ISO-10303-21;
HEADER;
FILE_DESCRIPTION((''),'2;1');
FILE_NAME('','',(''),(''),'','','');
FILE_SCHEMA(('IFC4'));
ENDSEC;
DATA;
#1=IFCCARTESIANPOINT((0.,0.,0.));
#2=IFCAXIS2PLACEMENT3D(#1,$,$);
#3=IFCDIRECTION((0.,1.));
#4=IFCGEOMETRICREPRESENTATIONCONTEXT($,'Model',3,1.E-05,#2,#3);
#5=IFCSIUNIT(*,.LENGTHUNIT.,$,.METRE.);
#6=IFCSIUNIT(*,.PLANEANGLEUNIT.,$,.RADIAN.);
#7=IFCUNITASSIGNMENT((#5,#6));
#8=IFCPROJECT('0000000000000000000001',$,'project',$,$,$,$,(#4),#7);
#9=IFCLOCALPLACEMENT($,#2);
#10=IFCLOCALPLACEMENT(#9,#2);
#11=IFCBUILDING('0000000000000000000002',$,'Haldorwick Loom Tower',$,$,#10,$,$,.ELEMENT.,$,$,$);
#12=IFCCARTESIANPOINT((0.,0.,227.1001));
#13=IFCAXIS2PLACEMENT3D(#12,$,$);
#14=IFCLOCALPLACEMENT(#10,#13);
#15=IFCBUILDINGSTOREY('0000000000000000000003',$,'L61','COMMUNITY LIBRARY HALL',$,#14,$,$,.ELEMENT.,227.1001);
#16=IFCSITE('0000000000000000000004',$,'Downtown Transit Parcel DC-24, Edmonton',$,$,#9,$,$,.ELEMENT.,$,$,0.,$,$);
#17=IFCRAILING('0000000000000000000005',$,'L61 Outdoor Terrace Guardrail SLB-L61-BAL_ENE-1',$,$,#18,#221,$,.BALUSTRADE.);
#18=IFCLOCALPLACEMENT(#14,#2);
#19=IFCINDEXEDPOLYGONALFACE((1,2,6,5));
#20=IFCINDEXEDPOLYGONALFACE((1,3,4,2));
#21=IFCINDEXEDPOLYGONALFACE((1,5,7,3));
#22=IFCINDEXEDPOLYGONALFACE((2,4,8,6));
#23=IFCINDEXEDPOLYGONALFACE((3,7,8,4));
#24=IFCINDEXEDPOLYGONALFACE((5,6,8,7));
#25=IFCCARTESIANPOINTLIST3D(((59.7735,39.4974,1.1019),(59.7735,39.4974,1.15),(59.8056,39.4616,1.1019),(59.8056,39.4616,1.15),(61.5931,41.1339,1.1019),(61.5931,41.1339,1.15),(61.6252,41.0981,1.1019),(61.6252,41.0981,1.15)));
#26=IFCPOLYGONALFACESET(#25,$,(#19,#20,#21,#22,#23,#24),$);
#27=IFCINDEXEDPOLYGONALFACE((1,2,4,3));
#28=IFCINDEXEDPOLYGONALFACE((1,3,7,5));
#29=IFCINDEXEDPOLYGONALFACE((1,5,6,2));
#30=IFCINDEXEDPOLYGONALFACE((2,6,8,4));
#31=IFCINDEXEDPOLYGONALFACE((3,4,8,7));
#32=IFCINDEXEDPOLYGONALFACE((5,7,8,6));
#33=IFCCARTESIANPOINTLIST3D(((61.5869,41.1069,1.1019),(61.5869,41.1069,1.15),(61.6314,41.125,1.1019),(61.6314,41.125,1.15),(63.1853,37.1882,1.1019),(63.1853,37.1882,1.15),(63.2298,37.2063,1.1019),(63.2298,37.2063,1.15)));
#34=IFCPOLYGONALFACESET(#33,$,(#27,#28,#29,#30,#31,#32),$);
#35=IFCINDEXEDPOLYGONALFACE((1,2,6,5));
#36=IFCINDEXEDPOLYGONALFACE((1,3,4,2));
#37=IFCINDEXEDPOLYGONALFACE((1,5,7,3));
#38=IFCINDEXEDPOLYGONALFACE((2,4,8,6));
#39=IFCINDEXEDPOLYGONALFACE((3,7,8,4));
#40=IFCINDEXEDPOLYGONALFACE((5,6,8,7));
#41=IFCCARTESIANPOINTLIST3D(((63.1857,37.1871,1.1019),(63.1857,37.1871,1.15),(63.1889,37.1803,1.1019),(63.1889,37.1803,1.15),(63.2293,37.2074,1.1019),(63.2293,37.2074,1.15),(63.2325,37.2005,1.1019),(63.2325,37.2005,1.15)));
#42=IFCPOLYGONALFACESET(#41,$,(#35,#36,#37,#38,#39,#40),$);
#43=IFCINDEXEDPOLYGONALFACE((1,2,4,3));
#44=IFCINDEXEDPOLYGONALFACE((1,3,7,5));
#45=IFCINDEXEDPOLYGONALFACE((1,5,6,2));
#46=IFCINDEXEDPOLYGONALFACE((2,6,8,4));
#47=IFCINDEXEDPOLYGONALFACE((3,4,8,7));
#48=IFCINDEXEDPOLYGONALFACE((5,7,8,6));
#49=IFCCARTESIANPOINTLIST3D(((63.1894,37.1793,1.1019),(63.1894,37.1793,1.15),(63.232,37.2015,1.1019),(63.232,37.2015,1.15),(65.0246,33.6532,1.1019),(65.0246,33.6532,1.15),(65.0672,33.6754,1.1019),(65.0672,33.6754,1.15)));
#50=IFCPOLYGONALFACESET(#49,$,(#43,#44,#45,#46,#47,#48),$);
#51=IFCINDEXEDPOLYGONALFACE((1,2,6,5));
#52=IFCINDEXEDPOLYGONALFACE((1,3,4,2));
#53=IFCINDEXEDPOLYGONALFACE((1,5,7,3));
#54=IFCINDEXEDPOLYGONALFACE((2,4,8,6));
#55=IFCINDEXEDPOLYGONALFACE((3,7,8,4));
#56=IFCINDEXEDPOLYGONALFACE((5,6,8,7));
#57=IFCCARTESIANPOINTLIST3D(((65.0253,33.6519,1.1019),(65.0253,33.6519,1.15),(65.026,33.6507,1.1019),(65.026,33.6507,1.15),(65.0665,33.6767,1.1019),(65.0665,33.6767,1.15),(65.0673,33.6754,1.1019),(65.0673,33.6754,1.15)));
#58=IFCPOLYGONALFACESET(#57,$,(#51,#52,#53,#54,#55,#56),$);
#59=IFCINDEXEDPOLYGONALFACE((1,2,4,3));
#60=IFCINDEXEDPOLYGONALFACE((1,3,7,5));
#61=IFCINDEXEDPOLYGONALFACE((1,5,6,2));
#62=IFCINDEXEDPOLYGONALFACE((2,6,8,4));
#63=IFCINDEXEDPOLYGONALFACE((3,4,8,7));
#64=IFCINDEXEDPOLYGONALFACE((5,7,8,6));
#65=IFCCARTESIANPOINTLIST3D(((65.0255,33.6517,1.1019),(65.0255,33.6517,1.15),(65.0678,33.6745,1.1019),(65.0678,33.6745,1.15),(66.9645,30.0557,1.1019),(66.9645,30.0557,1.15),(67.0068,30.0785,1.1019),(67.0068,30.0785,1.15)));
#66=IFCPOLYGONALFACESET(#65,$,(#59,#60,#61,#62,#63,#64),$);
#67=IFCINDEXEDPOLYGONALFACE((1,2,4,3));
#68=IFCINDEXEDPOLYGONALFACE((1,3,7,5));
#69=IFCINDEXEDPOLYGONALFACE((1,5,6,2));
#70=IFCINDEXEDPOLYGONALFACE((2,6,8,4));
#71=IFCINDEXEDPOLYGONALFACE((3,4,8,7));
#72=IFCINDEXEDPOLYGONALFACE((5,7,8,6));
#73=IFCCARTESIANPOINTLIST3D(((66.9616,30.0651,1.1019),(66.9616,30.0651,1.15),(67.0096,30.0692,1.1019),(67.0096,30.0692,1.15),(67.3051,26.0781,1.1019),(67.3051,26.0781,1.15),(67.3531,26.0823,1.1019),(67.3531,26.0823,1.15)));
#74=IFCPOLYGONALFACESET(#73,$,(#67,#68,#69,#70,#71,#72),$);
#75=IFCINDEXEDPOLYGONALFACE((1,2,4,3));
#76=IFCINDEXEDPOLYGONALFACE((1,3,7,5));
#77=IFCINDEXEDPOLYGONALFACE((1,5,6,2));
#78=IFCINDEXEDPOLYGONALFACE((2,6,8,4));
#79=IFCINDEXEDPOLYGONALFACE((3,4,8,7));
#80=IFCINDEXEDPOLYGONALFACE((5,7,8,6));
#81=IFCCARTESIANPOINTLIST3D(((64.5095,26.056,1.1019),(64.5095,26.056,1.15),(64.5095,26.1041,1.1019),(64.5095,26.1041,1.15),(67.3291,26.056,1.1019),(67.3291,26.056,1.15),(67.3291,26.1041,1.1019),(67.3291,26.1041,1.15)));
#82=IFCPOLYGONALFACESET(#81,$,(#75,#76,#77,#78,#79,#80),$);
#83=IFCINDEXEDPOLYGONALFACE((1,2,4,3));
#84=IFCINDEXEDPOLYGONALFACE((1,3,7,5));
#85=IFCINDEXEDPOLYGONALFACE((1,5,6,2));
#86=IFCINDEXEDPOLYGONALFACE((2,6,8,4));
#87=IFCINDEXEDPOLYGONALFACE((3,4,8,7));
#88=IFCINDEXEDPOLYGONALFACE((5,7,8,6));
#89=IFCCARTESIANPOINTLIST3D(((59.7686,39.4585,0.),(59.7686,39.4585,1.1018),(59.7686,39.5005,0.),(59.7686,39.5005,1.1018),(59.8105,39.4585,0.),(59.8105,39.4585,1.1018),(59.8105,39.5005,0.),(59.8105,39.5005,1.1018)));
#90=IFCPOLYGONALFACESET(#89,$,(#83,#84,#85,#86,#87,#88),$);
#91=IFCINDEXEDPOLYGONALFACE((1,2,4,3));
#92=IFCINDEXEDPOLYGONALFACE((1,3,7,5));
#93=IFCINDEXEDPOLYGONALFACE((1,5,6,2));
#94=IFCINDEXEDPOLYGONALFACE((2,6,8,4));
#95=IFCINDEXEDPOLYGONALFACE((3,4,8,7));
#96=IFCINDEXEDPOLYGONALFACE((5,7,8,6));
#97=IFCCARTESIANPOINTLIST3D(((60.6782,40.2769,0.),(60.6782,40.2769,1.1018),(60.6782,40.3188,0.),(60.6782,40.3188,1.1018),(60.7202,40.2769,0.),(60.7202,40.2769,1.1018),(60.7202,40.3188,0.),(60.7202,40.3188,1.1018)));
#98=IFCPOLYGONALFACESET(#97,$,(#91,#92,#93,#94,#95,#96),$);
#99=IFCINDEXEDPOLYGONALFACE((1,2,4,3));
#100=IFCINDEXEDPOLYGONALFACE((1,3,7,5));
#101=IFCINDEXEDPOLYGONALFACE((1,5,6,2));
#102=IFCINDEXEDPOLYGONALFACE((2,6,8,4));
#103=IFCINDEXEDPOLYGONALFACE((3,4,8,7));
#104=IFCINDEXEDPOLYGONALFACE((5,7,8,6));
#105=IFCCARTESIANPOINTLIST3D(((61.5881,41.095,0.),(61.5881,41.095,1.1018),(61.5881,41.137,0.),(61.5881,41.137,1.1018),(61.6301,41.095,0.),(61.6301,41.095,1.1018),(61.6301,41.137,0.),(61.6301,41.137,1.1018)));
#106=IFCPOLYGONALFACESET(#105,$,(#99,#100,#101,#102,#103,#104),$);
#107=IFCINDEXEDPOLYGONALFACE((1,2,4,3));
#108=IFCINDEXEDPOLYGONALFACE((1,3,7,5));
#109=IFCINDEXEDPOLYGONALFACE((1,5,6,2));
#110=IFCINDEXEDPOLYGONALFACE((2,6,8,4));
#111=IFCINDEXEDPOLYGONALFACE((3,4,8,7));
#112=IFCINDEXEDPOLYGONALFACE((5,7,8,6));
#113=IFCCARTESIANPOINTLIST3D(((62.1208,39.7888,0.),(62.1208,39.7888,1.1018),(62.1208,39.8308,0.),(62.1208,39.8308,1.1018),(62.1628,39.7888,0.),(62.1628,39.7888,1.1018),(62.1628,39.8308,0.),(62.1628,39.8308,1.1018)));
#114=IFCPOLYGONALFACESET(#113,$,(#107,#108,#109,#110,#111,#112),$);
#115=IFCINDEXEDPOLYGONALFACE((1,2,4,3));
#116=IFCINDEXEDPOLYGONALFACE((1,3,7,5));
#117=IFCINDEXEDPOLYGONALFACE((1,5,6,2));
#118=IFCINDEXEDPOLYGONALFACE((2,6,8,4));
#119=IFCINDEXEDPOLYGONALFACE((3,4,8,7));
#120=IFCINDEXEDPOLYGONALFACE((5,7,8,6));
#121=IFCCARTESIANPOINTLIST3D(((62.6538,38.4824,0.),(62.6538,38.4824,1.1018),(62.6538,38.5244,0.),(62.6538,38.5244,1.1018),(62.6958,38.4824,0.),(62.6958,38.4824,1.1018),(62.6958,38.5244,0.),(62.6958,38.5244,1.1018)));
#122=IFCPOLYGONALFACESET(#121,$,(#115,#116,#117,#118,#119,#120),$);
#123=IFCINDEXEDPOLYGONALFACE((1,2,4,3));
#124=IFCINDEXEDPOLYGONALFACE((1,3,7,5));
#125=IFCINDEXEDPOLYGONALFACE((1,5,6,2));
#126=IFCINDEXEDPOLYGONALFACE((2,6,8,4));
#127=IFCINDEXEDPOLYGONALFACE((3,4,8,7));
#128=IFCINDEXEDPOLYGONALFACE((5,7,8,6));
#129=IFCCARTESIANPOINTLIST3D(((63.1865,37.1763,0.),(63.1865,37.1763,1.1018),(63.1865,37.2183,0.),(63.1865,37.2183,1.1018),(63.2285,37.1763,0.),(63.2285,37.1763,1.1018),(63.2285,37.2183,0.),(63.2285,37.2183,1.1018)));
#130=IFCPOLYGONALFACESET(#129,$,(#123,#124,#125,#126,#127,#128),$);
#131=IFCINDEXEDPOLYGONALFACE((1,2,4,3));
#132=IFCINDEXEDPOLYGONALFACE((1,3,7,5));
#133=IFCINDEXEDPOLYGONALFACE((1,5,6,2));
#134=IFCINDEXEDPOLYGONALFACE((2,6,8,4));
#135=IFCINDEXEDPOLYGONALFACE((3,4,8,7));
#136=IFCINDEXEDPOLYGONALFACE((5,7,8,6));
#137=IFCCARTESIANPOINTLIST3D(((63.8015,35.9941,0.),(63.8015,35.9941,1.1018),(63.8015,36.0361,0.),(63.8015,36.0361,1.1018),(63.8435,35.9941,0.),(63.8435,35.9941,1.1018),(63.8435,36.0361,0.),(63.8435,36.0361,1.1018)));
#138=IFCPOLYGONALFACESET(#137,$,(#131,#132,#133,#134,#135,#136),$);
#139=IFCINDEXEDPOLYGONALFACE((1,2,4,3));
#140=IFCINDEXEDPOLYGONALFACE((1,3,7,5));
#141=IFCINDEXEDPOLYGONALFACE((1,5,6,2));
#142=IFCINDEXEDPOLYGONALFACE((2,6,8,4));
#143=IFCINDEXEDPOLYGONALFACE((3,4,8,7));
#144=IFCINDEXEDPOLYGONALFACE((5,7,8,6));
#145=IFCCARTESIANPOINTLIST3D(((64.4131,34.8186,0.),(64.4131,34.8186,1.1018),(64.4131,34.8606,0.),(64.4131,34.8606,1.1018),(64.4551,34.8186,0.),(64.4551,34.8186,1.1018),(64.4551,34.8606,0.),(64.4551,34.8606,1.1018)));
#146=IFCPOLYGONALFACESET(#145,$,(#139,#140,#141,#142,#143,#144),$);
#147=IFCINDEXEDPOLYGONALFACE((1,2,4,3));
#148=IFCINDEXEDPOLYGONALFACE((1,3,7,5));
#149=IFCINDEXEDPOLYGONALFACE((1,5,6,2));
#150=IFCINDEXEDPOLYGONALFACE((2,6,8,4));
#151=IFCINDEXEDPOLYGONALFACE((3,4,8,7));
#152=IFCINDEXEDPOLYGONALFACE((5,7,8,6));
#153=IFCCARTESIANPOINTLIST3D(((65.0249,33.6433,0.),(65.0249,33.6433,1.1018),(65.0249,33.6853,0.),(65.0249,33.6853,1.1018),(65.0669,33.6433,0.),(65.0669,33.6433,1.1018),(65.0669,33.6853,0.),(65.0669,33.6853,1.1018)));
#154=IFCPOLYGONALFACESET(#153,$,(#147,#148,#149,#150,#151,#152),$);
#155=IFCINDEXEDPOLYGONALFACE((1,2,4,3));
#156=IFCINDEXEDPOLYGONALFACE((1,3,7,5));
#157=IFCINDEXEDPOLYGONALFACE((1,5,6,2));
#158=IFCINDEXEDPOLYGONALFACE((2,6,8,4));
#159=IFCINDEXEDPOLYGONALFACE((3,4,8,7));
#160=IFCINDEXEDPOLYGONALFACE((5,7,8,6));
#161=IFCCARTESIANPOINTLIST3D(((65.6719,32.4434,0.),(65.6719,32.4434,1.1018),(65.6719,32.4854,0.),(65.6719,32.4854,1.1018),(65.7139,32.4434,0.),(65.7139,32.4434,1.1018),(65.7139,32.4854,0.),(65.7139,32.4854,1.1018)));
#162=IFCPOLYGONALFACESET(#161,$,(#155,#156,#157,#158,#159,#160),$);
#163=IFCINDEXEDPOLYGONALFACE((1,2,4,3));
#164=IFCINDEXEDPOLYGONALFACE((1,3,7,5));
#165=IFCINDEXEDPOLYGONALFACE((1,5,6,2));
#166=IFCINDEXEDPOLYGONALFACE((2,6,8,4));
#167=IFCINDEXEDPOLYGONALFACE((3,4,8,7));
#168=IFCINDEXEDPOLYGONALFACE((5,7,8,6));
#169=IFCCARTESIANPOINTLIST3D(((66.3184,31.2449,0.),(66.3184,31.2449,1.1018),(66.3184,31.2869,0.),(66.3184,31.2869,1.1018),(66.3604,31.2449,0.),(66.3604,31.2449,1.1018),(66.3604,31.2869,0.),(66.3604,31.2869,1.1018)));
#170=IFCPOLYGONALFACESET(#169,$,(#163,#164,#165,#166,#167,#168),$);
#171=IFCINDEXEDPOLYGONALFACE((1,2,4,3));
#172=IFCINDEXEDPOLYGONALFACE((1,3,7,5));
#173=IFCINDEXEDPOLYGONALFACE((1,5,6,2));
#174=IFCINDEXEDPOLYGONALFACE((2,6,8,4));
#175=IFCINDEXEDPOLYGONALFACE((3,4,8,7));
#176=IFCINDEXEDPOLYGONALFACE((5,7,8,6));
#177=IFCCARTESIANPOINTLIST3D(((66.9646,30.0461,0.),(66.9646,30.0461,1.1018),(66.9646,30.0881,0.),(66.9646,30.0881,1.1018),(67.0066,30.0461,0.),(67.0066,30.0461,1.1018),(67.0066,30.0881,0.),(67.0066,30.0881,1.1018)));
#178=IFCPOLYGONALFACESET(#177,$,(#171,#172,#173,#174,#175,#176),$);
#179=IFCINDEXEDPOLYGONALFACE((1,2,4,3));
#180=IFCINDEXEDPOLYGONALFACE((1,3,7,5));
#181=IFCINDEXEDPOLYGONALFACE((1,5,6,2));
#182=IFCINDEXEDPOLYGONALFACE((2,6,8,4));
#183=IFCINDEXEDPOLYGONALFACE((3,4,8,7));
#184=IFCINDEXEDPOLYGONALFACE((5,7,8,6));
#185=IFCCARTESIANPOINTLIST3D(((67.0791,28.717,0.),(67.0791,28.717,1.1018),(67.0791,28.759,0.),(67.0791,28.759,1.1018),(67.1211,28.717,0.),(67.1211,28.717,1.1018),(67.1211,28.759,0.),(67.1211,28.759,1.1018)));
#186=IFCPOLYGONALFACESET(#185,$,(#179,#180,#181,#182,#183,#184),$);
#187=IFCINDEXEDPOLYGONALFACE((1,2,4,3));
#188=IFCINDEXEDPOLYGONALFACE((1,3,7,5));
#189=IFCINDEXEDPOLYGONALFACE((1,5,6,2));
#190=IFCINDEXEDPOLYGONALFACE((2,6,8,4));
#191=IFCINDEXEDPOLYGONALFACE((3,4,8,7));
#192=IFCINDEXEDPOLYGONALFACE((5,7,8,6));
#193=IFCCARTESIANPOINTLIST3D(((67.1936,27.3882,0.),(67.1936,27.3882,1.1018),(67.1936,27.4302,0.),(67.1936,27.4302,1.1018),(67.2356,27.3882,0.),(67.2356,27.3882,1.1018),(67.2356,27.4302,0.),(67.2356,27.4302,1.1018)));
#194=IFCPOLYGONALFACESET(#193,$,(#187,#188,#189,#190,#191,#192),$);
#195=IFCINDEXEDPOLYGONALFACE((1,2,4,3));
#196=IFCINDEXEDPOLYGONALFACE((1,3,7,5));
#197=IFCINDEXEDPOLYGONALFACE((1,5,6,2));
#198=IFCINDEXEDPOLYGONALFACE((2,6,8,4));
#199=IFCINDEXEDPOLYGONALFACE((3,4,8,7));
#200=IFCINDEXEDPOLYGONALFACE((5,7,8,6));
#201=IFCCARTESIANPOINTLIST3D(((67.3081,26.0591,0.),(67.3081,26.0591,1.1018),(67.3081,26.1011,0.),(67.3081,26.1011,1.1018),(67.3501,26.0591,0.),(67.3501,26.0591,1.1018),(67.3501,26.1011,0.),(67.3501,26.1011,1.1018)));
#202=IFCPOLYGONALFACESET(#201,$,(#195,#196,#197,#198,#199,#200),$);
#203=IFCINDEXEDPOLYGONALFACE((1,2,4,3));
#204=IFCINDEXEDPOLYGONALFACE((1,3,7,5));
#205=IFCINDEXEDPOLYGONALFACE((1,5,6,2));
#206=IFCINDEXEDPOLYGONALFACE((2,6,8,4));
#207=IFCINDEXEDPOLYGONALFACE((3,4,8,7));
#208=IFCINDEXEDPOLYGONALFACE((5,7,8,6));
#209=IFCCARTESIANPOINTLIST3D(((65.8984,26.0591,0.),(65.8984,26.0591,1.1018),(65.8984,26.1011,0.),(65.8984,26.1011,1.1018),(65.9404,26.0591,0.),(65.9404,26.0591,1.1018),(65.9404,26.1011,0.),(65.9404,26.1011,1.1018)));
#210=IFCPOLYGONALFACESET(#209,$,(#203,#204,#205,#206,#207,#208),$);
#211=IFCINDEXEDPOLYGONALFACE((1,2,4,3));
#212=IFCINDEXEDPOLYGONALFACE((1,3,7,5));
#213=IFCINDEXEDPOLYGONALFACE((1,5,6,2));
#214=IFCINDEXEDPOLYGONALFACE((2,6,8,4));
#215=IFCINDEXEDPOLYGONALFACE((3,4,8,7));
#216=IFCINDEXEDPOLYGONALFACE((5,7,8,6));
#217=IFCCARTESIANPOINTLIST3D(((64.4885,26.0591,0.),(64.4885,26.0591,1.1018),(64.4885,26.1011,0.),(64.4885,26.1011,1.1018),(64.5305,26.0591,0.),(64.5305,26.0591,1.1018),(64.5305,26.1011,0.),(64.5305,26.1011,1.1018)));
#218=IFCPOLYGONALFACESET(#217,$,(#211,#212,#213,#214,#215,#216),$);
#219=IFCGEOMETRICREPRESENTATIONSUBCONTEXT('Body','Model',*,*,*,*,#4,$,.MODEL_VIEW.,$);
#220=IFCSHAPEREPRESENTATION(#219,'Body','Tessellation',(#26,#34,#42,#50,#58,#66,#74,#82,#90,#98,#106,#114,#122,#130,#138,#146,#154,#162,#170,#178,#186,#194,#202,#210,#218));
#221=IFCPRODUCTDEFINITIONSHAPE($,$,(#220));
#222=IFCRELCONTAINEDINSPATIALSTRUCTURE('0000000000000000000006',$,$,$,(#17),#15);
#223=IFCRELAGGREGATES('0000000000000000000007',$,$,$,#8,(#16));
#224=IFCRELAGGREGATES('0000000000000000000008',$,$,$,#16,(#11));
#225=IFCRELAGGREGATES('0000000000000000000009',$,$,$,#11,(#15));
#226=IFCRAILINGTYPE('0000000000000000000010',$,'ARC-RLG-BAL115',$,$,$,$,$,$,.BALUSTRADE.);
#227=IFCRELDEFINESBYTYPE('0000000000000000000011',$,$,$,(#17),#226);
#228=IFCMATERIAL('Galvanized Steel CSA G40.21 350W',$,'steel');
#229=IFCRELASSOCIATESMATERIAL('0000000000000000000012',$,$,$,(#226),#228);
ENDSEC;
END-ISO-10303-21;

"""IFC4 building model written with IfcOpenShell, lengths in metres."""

from ifc_helpers import new_model, si_unit, direction, frame, origin, origin_2d, place, context, subcontext, project, spatial, rectangle, extrude, material, type_object, element, save


model = new_model("IFC4")

# Units and contexts
model_context = context("Model", 3, precision=1e-05, world=origin(), true_north=direction((0.0, 1.0)))
body_context = subcontext(model_context, "Body", "Model", "MODEL_VIEW")
ifc_project = project(units=[si_unit("LENGTHUNIT", "METRE"), si_unit("PLANEANGLEUNIT", "RADIAN")], contexts=[model_context])

# Site, building, storey
site_placement = place(None, origin())
site = spatial("IfcSite", under=ifc_project, at=site_placement, Name="Downtown Transit Parcel DC-24, Edmonton", CompositionType="ELEMENT", RefElevation=0.0)
building_placement = place(site_placement, origin())
building = spatial("IfcBuilding", under=site, at=building_placement, Name="Haldorwick Loom Tower", CompositionType="ELEMENT")
storey_placement = place(building_placement, frame((0.0, 0.0, 227.1001)))
storey = spatial("IfcBuildingStorey", under=building, at=storey_placement, Name="L61", Description="COMMUNITY LIBRARY HALL", CompositionType="ELEMENT", Elevation=227.1001)

# Railing
ifc_material_1 = material(Name="Galvanized Steel CSA G40.21 350W", Category="steel")
railing_type_1 = type_object("IfcRailingType", Name="ARC-RLG-BAL115", PredefinedType="BALUSTRADE", material=ifc_material_1)
railing_1_placement = place(storey_placement, frame((59.7896, 39.4795, 0.0)))
element("IfcRailing", 1, at=railing_1_placement, inside=storey, type_object=railing_type_1, Name="L61 Outdoor Terrace Guardrail SLB-L61-BAL_ENE-1", PredefinedType="BALUSTRADE", context=body_context, shape_type="SweptSolid", body=[
    extrude(rectangle(XDim=0.0481, YDim=0.0481, at=origin_2d()), frame((0.0, 0.0, 1.126), z_axis=(0.743527, 0.668706, 0.0), x_axis=(-0.668706, 0.743527, 0.0)), (0.0, 0.0, 1.0), 2.4473),
    extrude(rectangle(XDim=0.0481, YDim=0.0481, at=origin_2d()), frame((1.8196, 1.6365, 1.126), z_axis=(0.377678, -0.925937, 0.0), x_axis=(0.925937, 0.377678, 0.0)), (0.0, 0.0, 1.0), 4.2322),
    extrude(rectangle(XDim=0.0481, YDim=0.0481, at=origin_2d()), frame((3.418, -2.2822, 1.126), z_axis=(0.421111, -0.907009, 0.0), x_axis=(0.907009, 0.421111, 0.0)), (0.0, 0.0, 1.0), 0.0076),
    extrude(rectangle(XDim=0.0481, YDim=0.0481, at=origin_2d()), frame((3.4211, -2.2891, 1.126), z_axis=(0.461674, -0.88705, 0.0), x_axis=(0.88705, 0.461674, 0.0)), (0.0, 0.0, 1.0), 3.9751),
    extrude(rectangle(XDim=0.0481, YDim=0.0481, at=origin_2d()), frame((5.2563, -5.8152, 1.126), z_axis=(0.514496, -0.857493, 0.0), x_axis=(0.857493, 0.514496, 0.0)), (0.0, 0.0, 1.0), 0.0015),
    extrude(rectangle(XDim=0.0481, YDim=0.0481, at=origin_2d()), frame((5.2571, -5.8164, 1.126), z_axis=(0.474609, -0.880197, 0.0), x_axis=(0.880197, 0.474609, 0.0)), (0.0, 0.0, 1.0), 4.0854),
    extrude(rectangle(XDim=0.0481, YDim=0.0481, at=origin_2d()), frame((7.196, -9.4124, 1.126), z_axis=(0.085837, -0.996309, 0.0), x_axis=(0.996309, 0.085837, 0.0)), (0.0, 0.0, 1.0), 4.0017),
    extrude(rectangle(XDim=0.0481, YDim=0.0481, at=origin_2d()), frame((7.5396, -13.3994, 1.126), z_axis=(-1.0, 0.0, 0.0), x_axis=(0.0, -1.0, 0.0)), (0.0, 0.0, 1.0), 2.8196),
    extrude(rectangle(XDim=0.042, YDim=0.042, at=origin_2d()), origin(), (0.0, 0.0, 1.0), 1.1018),
    extrude(rectangle(XDim=0.042, YDim=0.042, at=origin_2d()), frame((0.9097, 0.8184, 0.0)), (0.0, 0.0, 1.0), 1.1018),
    extrude(rectangle(XDim=0.042, YDim=0.042, at=origin_2d()), frame((1.8196, 1.6365, 0.0)), (0.0, 0.0, 1.0), 1.1018),
    extrude(rectangle(XDim=0.042, YDim=0.042, at=origin_2d()), frame((2.3523, 0.3303, 0.0)), (0.0, 0.0, 1.0), 1.1018),
    extrude(rectangle(XDim=0.042, YDim=0.042, at=origin_2d()), frame((2.8853, -0.9761, 0.0)), (0.0, 0.0, 1.0), 1.1018),
    extrude(rectangle(XDim=0.042, YDim=0.042, at=origin_2d()), frame((3.418, -2.2822, 0.0)), (0.0, 0.0, 1.0), 1.1018),
    extrude(rectangle(XDim=0.042, YDim=0.042, at=origin_2d()), frame((4.033, -3.4644, 0.0)), (0.0, 0.0, 1.0), 1.1018),
    extrude(rectangle(XDim=0.042, YDim=0.042, at=origin_2d()), frame((4.6445, -4.6399, 0.0)), (0.0, 0.0, 1.0), 1.1018),
    extrude(rectangle(XDim=0.042, YDim=0.042, at=origin_2d()), frame((5.2563, -5.8152, 0.0)), (0.0, 0.0, 1.0), 1.1018),
    extrude(rectangle(XDim=0.042, YDim=0.042, at=origin_2d()), frame((5.9033, -7.0151, 0.0)), (0.0, 0.0, 1.0), 1.1018),
    extrude(rectangle(XDim=0.042, YDim=0.042, at=origin_2d()), frame((6.5498, -8.2136, 0.0)), (0.0, 0.0, 1.0), 1.1018),
    extrude(rectangle(XDim=0.042, YDim=0.042, at=origin_2d()), frame((7.196, -9.4124, 0.0)), (0.0, 0.0, 1.0), 1.1018),
    extrude(rectangle(XDim=0.042, YDim=0.042, at=origin_2d()), frame((7.3105, -10.7415, 0.0)), (0.0, 0.0, 1.0), 1.1018),
    extrude(rectangle(XDim=0.042, YDim=0.042, at=origin_2d()), frame((7.425, -12.0703, 0.0)), (0.0, 0.0, 1.0), 1.1018),
    extrude(rectangle(XDim=0.042, YDim=0.042, at=origin_2d()), frame((7.5396, -13.3994, 0.0)), (0.0, 0.0, 1.0), 1.1018),
    extrude(rectangle(XDim=0.042, YDim=0.042, at=origin_2d()), frame((6.1299, -13.3994, 0.0)), (0.0, 0.0, 1.0), 1.1018),
    extrude(rectangle(XDim=0.042, YDim=0.042, at=origin_2d()), frame((4.72, -13.3994, 0.0)), (0.0, 0.0, 1.0), 1.1018),
])

save(model, "model.ifc")
